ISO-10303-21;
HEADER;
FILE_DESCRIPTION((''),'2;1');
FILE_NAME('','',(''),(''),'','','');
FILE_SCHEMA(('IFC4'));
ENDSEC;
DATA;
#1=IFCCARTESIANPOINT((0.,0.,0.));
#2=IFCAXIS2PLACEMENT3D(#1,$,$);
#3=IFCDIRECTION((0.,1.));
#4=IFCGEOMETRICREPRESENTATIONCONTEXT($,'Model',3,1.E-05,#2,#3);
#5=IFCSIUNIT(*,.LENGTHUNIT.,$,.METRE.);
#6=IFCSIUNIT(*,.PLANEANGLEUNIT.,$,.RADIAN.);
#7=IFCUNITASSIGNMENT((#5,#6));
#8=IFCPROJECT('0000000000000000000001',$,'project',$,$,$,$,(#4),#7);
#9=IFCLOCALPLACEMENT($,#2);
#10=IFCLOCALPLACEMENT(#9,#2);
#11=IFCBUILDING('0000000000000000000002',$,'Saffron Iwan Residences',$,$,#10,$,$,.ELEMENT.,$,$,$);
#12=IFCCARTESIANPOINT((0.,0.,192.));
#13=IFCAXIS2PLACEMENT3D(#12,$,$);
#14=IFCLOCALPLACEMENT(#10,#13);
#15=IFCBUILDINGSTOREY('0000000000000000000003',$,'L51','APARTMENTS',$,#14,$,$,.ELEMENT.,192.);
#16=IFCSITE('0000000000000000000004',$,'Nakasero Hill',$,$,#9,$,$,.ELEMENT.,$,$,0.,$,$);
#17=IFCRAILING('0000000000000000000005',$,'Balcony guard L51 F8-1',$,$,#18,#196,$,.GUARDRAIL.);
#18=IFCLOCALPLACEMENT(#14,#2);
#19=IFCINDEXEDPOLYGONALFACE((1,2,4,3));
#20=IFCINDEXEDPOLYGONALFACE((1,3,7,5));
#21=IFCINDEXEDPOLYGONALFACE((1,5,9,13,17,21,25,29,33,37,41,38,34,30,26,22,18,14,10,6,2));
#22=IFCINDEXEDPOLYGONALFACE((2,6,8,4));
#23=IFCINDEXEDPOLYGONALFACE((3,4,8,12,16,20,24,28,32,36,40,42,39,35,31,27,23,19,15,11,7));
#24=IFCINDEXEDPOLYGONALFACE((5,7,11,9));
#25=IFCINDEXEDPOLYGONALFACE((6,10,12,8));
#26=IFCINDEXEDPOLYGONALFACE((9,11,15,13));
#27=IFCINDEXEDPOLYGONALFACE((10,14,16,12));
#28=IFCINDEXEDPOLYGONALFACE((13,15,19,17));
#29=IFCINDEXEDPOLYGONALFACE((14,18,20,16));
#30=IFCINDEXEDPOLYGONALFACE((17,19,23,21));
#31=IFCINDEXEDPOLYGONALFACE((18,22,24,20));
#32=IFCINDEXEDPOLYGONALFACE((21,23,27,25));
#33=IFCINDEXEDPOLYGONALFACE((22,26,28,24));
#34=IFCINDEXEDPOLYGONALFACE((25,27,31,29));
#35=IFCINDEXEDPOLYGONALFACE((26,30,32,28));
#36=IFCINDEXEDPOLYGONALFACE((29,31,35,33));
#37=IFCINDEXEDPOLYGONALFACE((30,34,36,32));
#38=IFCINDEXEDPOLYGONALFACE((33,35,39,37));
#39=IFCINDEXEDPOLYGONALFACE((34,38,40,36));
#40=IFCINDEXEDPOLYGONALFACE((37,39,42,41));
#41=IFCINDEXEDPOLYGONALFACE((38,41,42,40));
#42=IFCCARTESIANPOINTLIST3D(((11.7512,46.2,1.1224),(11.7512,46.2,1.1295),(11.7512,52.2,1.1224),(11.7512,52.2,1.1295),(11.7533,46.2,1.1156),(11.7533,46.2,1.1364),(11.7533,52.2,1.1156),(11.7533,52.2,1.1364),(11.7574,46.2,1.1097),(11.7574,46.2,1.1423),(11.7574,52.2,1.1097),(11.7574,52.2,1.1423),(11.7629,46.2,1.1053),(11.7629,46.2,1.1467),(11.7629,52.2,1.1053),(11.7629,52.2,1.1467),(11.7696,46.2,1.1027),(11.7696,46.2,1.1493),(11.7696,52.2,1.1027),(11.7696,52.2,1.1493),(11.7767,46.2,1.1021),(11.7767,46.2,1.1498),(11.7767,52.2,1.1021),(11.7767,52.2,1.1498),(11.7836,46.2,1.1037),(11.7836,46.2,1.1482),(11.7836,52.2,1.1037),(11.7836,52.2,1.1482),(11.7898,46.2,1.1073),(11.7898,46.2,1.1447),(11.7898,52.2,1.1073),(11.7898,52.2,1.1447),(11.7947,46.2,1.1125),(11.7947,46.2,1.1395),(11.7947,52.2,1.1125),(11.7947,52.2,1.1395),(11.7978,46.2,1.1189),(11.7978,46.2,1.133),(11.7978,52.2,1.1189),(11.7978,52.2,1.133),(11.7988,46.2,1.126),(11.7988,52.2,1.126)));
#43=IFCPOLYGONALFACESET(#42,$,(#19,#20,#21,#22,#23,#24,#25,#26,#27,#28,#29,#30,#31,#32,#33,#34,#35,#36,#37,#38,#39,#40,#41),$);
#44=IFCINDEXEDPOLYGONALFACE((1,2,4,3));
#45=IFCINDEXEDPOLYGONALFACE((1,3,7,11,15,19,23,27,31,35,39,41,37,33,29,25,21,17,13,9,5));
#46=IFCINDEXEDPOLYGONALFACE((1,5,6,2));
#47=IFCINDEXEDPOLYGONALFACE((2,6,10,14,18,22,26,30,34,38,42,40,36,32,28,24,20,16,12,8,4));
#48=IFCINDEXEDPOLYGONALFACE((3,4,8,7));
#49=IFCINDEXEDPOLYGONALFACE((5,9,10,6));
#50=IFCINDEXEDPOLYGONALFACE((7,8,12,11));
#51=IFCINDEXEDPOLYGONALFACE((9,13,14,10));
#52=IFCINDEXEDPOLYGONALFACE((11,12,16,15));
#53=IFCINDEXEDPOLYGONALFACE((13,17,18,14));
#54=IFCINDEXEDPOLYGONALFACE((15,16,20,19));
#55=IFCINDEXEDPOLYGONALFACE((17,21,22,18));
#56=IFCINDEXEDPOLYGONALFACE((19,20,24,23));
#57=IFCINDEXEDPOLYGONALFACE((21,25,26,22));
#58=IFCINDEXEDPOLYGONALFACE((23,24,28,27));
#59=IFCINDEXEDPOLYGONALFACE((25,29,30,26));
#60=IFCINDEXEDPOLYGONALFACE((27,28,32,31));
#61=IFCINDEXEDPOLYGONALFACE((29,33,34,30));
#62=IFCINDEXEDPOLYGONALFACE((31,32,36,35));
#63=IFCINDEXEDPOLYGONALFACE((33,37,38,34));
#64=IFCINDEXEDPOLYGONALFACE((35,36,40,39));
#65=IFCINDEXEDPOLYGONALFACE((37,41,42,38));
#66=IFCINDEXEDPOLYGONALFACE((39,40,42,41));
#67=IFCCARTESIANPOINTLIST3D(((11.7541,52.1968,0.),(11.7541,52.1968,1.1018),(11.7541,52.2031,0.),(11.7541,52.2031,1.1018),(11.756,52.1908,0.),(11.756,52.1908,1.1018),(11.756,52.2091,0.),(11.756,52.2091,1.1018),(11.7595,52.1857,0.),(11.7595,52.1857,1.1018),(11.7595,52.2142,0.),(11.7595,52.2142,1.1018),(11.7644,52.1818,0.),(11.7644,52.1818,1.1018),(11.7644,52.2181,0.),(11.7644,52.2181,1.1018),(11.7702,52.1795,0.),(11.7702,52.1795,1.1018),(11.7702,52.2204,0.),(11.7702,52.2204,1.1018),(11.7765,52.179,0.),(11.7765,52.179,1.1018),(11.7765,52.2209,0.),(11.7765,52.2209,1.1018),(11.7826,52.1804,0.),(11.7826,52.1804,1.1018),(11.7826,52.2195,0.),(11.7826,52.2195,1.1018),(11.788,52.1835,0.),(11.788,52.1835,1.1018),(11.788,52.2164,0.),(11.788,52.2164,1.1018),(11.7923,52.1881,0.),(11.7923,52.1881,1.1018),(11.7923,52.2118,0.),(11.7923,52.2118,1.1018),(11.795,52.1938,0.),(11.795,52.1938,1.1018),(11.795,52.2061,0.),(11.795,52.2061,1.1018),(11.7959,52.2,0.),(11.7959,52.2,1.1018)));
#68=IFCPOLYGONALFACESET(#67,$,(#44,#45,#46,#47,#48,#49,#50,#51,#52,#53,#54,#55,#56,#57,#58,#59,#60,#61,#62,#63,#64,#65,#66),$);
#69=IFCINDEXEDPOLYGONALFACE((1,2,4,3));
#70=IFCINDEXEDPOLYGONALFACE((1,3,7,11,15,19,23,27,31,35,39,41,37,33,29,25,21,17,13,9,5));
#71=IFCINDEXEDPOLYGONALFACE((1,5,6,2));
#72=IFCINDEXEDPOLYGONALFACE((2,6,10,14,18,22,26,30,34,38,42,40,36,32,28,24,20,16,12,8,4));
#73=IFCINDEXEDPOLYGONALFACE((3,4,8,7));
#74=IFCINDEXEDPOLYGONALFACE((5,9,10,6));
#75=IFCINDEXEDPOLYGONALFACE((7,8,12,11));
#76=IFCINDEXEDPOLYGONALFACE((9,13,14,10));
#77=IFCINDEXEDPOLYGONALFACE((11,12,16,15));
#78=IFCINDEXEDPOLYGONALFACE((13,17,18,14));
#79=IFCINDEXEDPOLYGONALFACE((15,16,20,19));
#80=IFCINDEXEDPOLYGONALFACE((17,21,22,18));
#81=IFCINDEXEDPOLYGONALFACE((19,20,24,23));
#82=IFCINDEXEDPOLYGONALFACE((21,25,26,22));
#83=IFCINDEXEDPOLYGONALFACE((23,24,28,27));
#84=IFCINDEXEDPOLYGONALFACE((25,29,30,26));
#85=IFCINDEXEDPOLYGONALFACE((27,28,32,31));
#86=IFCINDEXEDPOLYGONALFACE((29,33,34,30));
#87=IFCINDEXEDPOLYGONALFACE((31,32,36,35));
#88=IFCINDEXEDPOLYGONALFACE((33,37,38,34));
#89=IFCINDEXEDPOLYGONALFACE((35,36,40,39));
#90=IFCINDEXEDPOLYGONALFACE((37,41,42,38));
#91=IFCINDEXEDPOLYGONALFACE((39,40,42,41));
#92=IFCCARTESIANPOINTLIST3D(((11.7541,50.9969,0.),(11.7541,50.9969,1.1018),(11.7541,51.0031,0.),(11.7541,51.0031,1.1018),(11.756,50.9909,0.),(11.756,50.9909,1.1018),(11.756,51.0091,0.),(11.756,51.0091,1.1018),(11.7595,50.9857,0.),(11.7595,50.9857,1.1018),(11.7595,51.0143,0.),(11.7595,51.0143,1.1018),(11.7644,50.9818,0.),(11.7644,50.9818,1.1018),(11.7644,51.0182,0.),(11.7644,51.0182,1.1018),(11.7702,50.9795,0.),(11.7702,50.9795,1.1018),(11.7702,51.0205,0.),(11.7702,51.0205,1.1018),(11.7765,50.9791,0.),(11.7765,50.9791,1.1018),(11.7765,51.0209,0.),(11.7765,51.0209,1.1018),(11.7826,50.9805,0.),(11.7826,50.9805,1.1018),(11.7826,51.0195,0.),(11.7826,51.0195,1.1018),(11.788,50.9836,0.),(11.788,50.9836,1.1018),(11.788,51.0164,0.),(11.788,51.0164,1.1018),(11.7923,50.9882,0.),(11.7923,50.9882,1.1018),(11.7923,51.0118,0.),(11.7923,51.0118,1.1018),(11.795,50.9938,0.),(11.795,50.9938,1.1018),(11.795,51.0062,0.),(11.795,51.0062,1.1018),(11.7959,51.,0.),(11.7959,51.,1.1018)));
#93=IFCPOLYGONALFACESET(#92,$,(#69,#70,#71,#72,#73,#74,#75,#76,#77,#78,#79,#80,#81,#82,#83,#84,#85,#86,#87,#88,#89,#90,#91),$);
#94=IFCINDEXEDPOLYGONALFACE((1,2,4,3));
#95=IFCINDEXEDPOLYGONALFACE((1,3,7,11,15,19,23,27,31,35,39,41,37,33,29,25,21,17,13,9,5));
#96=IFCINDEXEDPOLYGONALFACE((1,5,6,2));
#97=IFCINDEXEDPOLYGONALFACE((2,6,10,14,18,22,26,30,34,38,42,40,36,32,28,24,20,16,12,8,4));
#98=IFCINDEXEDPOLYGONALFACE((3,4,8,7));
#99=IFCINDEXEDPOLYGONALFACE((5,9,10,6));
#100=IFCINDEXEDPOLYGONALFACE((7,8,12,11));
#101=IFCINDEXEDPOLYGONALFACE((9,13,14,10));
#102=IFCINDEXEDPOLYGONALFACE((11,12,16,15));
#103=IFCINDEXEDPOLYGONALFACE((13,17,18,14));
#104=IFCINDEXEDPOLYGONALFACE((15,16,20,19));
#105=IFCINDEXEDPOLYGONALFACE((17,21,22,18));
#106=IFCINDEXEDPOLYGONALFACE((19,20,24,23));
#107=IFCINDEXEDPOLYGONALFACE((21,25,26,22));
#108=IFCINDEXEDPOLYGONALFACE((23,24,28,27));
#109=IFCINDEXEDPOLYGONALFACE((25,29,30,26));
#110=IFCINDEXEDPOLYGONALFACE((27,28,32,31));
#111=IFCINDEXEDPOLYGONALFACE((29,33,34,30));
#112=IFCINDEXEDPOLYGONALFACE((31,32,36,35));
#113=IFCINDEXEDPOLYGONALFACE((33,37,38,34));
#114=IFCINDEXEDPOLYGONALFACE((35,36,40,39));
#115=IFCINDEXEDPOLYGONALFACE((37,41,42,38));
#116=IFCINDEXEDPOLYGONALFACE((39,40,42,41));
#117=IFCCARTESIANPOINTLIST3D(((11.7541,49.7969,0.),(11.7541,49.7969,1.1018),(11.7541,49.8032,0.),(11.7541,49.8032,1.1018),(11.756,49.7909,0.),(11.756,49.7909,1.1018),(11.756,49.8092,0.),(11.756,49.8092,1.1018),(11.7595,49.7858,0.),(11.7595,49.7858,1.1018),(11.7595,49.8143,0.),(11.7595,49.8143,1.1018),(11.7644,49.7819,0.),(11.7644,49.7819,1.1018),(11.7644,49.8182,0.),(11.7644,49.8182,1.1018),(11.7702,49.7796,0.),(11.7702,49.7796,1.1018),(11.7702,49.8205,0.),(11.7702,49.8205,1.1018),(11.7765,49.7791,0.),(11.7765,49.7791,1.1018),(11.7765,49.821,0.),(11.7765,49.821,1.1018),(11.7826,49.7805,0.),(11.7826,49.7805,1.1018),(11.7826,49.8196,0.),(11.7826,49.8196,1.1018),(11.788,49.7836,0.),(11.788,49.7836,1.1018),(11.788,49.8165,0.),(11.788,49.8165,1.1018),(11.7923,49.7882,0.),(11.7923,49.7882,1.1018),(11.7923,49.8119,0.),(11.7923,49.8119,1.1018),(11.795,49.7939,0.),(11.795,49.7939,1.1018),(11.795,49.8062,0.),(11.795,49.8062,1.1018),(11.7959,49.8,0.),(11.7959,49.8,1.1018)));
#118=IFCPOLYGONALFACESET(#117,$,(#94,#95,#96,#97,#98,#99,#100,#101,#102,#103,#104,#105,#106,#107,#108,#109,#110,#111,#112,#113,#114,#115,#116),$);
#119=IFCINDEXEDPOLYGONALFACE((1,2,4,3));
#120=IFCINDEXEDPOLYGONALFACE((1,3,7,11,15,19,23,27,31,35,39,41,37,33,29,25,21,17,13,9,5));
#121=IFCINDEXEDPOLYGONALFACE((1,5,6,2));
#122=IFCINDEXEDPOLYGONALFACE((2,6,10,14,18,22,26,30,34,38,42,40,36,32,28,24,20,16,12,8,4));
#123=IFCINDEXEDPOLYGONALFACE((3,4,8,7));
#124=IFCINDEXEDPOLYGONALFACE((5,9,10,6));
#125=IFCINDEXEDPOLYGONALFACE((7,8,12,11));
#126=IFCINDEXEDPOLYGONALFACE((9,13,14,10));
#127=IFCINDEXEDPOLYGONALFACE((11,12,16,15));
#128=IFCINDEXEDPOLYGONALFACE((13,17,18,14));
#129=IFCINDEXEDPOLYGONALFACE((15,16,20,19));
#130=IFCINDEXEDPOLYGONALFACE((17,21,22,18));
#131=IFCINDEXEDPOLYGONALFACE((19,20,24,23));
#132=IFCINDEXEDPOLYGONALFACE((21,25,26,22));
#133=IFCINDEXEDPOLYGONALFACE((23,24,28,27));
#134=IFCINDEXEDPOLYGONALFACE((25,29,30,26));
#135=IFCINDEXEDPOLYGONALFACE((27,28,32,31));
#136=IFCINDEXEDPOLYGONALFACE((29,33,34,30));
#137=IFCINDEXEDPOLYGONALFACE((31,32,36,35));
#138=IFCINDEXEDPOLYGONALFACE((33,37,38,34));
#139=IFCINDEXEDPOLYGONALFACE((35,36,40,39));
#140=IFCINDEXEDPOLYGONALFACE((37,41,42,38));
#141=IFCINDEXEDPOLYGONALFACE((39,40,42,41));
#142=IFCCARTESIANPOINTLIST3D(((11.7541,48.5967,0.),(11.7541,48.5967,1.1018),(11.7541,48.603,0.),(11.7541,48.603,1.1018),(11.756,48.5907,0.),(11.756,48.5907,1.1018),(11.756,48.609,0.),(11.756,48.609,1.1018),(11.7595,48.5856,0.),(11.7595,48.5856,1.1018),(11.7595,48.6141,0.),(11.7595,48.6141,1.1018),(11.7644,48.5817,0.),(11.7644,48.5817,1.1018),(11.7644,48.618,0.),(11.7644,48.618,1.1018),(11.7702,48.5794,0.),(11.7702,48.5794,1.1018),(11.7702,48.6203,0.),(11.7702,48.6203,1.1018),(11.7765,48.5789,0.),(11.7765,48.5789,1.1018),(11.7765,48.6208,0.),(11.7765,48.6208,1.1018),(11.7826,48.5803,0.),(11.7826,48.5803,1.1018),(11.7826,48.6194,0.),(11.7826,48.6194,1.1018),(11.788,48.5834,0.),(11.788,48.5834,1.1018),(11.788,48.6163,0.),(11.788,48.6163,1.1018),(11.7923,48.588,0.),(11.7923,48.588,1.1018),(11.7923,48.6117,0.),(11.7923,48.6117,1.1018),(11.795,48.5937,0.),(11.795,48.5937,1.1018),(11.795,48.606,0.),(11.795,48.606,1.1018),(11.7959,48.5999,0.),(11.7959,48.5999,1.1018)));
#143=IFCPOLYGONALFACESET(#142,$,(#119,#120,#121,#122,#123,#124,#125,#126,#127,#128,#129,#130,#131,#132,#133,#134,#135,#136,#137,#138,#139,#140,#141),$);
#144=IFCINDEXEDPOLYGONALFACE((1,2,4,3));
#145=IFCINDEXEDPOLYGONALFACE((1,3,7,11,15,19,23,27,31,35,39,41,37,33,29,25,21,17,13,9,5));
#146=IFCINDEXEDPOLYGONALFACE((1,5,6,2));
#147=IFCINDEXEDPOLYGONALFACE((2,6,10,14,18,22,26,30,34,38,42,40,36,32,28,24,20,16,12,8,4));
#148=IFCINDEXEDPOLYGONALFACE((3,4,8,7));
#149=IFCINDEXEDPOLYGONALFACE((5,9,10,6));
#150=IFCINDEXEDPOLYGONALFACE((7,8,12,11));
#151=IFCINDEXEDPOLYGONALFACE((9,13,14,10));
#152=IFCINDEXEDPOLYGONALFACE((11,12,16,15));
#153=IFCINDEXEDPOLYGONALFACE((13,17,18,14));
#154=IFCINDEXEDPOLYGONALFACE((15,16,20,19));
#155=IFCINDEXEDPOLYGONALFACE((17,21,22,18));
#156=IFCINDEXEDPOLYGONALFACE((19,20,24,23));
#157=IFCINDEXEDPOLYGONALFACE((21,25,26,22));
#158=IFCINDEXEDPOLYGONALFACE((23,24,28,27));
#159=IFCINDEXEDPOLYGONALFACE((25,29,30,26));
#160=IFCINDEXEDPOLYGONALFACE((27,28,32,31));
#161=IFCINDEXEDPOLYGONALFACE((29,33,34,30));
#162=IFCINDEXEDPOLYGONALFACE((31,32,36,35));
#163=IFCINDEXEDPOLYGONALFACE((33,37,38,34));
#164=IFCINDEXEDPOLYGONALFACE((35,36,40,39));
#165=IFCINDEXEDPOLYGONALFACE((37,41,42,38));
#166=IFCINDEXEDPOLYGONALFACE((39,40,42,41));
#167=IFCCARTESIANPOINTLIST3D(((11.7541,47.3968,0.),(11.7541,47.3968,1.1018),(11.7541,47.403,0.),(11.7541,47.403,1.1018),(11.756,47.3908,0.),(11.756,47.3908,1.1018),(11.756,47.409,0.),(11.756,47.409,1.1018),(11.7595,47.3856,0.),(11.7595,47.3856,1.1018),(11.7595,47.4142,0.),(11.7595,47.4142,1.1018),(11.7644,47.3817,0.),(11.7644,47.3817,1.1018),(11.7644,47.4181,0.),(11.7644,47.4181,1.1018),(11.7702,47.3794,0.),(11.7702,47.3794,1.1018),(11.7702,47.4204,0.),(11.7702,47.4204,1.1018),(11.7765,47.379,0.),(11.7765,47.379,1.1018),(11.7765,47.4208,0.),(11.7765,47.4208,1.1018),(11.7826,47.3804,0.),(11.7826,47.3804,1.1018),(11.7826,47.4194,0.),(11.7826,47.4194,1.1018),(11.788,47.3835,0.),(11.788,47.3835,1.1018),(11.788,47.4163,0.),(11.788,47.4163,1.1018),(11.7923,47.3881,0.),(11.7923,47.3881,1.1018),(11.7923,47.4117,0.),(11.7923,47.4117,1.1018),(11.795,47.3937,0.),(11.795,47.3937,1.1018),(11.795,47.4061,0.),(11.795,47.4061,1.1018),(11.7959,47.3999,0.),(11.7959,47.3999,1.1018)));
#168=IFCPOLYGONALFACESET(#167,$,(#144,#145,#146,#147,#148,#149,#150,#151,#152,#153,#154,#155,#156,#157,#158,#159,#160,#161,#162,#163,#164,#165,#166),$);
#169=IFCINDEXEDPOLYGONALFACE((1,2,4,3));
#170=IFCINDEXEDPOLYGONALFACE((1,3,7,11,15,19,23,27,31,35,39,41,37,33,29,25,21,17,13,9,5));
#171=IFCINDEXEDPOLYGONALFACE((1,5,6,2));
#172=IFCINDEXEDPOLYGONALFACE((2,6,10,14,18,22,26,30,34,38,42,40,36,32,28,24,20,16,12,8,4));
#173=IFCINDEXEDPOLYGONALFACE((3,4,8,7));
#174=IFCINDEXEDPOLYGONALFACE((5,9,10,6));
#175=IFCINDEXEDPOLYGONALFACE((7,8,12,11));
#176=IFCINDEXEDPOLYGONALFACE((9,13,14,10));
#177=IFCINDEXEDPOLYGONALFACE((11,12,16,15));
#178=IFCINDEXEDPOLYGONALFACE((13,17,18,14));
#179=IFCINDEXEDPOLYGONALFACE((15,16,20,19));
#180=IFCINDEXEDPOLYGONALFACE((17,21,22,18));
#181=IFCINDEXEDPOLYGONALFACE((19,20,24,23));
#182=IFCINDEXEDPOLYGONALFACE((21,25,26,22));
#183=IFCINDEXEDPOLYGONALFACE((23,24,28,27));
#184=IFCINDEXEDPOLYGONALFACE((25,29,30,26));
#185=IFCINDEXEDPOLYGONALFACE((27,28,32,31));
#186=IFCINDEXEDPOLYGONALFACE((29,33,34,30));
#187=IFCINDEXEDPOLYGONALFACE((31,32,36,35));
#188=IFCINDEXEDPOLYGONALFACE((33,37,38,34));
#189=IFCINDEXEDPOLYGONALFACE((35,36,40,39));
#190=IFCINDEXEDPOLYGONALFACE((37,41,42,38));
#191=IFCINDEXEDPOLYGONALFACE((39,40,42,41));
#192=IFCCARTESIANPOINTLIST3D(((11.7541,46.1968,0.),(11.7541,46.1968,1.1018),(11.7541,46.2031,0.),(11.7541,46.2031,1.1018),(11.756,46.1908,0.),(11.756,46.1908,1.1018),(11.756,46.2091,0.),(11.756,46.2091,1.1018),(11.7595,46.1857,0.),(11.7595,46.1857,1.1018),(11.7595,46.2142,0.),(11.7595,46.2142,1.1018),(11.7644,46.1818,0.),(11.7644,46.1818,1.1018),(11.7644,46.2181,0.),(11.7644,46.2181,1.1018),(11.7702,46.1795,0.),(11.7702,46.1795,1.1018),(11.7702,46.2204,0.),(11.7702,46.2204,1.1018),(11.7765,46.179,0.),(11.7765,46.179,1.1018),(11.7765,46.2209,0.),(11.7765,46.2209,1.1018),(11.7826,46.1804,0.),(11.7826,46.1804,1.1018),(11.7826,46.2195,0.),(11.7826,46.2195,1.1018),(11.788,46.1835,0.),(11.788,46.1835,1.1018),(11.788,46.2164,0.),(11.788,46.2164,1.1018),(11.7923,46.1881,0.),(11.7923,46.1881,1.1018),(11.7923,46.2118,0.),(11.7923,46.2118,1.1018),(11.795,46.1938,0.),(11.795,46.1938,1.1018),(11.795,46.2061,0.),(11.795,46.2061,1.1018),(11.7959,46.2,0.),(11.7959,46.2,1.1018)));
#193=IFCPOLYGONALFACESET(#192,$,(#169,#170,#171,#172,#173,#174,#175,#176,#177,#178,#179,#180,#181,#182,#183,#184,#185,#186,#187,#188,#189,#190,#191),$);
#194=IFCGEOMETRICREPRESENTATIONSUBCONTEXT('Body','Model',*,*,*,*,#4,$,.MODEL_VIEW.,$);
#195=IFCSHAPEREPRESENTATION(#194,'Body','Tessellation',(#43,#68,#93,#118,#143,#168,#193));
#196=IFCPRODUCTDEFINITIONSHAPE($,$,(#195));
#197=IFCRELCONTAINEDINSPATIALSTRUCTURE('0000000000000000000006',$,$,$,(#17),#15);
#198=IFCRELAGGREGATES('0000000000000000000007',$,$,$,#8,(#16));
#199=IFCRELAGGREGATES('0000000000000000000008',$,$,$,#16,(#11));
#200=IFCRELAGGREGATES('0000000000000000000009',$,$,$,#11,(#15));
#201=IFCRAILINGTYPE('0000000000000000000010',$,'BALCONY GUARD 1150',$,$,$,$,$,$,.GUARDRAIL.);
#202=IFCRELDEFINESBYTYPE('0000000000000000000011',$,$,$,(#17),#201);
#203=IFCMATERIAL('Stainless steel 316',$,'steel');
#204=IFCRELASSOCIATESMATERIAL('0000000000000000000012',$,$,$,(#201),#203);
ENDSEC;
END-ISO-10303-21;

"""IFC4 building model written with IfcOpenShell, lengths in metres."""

from ifc_helpers import new_model, si_unit, direction, frame, origin, origin_2d, place, context, subcontext, project, spatial, circle, extrude, material, type_object, element, save


model = new_model("IFC4")

# Units and contexts
model_context = context("Model", 3, precision=1e-05, world=origin(), true_north=direction((0.0, 1.0)))
body_context = subcontext(model_context, "Body", "Model", "MODEL_VIEW")
ifc_project = project(units=[si_unit("LENGTHUNIT", "METRE"), si_unit("PLANEANGLEUNIT", "RADIAN")], contexts=[model_context])

# Site, building, storey
site_placement = place(None, origin())
site = spatial("IfcSite", under=ifc_project, at=site_placement, Name="Nakasero Hill", CompositionType="ELEMENT", RefElevation=0.0)
building_placement = place(site_placement, origin())
building = spatial("IfcBuilding", under=site, at=building_placement, Name="Saffron Iwan Residences", CompositionType="ELEMENT")
storey_placement = place(building_placement, frame((0.0, 0.0, 192.0)))
storey = spatial("IfcBuildingStorey", under=building, at=storey_placement, Name="L51", Description="APARTMENTS", CompositionType="ELEMENT", Elevation=192.0)

# Railing
ifc_material_1 = material(Name="Stainless steel 316", Category="steel")
railing_type = type_object("IfcRailingType", Name="BALCONY GUARD 1150", PredefinedType="GUARDRAIL", material=ifc_material_1)
for number, where, name in (
    (1, (11.7749, 52.2, 0.0), "Balcony guard L51 F8-1"),
):
    element("IfcRailing", number, at=place(storey_placement, frame(where)), inside=storey, type_object=railing_type, Name=name, PredefinedType="GUARDRAIL", context=body_context, shape_type="SweptSolid", body=[
        extrude(circle(Radius=0.0239, at=origin_2d()), frame((0.0, 0.0, 1.126), z_axis=(0.0, -1.0, 0.0), x_axis=(1.0, 0.0, 0.0)), (0.0, 0.0, 1.0), 6.0),
        extrude(circle(Radius=0.021, at=origin_2d()), origin(), (0.0, 0.0, 1.0), 1.1018),
        extrude(circle(Radius=0.021, at=origin_2d()), frame((0.0, -1.2, 0.0)), (0.0, 0.0, 1.0), 1.1018),
        extrude(circle(Radius=0.021, at=origin_2d()), frame((0.0, -2.3999, 0.0)), (0.0, 0.0, 1.0), 1.1018),
        extrude(circle(Radius=0.021, at=origin_2d()), frame((0.0, -3.6001, 0.0)), (0.0, 0.0, 1.0), 1.1018),
        extrude(circle(Radius=0.021, at=origin_2d()), frame((0.0, -4.8, 0.0)), (0.0, 0.0, 1.0), 1.1018),
        extrude(circle(Radius=0.021, at=origin_2d()), frame((0.0, -6.0, 0.0)), (0.0, 0.0, 1.0), 1.1018),
    ])

save(model, "model.ifc")
